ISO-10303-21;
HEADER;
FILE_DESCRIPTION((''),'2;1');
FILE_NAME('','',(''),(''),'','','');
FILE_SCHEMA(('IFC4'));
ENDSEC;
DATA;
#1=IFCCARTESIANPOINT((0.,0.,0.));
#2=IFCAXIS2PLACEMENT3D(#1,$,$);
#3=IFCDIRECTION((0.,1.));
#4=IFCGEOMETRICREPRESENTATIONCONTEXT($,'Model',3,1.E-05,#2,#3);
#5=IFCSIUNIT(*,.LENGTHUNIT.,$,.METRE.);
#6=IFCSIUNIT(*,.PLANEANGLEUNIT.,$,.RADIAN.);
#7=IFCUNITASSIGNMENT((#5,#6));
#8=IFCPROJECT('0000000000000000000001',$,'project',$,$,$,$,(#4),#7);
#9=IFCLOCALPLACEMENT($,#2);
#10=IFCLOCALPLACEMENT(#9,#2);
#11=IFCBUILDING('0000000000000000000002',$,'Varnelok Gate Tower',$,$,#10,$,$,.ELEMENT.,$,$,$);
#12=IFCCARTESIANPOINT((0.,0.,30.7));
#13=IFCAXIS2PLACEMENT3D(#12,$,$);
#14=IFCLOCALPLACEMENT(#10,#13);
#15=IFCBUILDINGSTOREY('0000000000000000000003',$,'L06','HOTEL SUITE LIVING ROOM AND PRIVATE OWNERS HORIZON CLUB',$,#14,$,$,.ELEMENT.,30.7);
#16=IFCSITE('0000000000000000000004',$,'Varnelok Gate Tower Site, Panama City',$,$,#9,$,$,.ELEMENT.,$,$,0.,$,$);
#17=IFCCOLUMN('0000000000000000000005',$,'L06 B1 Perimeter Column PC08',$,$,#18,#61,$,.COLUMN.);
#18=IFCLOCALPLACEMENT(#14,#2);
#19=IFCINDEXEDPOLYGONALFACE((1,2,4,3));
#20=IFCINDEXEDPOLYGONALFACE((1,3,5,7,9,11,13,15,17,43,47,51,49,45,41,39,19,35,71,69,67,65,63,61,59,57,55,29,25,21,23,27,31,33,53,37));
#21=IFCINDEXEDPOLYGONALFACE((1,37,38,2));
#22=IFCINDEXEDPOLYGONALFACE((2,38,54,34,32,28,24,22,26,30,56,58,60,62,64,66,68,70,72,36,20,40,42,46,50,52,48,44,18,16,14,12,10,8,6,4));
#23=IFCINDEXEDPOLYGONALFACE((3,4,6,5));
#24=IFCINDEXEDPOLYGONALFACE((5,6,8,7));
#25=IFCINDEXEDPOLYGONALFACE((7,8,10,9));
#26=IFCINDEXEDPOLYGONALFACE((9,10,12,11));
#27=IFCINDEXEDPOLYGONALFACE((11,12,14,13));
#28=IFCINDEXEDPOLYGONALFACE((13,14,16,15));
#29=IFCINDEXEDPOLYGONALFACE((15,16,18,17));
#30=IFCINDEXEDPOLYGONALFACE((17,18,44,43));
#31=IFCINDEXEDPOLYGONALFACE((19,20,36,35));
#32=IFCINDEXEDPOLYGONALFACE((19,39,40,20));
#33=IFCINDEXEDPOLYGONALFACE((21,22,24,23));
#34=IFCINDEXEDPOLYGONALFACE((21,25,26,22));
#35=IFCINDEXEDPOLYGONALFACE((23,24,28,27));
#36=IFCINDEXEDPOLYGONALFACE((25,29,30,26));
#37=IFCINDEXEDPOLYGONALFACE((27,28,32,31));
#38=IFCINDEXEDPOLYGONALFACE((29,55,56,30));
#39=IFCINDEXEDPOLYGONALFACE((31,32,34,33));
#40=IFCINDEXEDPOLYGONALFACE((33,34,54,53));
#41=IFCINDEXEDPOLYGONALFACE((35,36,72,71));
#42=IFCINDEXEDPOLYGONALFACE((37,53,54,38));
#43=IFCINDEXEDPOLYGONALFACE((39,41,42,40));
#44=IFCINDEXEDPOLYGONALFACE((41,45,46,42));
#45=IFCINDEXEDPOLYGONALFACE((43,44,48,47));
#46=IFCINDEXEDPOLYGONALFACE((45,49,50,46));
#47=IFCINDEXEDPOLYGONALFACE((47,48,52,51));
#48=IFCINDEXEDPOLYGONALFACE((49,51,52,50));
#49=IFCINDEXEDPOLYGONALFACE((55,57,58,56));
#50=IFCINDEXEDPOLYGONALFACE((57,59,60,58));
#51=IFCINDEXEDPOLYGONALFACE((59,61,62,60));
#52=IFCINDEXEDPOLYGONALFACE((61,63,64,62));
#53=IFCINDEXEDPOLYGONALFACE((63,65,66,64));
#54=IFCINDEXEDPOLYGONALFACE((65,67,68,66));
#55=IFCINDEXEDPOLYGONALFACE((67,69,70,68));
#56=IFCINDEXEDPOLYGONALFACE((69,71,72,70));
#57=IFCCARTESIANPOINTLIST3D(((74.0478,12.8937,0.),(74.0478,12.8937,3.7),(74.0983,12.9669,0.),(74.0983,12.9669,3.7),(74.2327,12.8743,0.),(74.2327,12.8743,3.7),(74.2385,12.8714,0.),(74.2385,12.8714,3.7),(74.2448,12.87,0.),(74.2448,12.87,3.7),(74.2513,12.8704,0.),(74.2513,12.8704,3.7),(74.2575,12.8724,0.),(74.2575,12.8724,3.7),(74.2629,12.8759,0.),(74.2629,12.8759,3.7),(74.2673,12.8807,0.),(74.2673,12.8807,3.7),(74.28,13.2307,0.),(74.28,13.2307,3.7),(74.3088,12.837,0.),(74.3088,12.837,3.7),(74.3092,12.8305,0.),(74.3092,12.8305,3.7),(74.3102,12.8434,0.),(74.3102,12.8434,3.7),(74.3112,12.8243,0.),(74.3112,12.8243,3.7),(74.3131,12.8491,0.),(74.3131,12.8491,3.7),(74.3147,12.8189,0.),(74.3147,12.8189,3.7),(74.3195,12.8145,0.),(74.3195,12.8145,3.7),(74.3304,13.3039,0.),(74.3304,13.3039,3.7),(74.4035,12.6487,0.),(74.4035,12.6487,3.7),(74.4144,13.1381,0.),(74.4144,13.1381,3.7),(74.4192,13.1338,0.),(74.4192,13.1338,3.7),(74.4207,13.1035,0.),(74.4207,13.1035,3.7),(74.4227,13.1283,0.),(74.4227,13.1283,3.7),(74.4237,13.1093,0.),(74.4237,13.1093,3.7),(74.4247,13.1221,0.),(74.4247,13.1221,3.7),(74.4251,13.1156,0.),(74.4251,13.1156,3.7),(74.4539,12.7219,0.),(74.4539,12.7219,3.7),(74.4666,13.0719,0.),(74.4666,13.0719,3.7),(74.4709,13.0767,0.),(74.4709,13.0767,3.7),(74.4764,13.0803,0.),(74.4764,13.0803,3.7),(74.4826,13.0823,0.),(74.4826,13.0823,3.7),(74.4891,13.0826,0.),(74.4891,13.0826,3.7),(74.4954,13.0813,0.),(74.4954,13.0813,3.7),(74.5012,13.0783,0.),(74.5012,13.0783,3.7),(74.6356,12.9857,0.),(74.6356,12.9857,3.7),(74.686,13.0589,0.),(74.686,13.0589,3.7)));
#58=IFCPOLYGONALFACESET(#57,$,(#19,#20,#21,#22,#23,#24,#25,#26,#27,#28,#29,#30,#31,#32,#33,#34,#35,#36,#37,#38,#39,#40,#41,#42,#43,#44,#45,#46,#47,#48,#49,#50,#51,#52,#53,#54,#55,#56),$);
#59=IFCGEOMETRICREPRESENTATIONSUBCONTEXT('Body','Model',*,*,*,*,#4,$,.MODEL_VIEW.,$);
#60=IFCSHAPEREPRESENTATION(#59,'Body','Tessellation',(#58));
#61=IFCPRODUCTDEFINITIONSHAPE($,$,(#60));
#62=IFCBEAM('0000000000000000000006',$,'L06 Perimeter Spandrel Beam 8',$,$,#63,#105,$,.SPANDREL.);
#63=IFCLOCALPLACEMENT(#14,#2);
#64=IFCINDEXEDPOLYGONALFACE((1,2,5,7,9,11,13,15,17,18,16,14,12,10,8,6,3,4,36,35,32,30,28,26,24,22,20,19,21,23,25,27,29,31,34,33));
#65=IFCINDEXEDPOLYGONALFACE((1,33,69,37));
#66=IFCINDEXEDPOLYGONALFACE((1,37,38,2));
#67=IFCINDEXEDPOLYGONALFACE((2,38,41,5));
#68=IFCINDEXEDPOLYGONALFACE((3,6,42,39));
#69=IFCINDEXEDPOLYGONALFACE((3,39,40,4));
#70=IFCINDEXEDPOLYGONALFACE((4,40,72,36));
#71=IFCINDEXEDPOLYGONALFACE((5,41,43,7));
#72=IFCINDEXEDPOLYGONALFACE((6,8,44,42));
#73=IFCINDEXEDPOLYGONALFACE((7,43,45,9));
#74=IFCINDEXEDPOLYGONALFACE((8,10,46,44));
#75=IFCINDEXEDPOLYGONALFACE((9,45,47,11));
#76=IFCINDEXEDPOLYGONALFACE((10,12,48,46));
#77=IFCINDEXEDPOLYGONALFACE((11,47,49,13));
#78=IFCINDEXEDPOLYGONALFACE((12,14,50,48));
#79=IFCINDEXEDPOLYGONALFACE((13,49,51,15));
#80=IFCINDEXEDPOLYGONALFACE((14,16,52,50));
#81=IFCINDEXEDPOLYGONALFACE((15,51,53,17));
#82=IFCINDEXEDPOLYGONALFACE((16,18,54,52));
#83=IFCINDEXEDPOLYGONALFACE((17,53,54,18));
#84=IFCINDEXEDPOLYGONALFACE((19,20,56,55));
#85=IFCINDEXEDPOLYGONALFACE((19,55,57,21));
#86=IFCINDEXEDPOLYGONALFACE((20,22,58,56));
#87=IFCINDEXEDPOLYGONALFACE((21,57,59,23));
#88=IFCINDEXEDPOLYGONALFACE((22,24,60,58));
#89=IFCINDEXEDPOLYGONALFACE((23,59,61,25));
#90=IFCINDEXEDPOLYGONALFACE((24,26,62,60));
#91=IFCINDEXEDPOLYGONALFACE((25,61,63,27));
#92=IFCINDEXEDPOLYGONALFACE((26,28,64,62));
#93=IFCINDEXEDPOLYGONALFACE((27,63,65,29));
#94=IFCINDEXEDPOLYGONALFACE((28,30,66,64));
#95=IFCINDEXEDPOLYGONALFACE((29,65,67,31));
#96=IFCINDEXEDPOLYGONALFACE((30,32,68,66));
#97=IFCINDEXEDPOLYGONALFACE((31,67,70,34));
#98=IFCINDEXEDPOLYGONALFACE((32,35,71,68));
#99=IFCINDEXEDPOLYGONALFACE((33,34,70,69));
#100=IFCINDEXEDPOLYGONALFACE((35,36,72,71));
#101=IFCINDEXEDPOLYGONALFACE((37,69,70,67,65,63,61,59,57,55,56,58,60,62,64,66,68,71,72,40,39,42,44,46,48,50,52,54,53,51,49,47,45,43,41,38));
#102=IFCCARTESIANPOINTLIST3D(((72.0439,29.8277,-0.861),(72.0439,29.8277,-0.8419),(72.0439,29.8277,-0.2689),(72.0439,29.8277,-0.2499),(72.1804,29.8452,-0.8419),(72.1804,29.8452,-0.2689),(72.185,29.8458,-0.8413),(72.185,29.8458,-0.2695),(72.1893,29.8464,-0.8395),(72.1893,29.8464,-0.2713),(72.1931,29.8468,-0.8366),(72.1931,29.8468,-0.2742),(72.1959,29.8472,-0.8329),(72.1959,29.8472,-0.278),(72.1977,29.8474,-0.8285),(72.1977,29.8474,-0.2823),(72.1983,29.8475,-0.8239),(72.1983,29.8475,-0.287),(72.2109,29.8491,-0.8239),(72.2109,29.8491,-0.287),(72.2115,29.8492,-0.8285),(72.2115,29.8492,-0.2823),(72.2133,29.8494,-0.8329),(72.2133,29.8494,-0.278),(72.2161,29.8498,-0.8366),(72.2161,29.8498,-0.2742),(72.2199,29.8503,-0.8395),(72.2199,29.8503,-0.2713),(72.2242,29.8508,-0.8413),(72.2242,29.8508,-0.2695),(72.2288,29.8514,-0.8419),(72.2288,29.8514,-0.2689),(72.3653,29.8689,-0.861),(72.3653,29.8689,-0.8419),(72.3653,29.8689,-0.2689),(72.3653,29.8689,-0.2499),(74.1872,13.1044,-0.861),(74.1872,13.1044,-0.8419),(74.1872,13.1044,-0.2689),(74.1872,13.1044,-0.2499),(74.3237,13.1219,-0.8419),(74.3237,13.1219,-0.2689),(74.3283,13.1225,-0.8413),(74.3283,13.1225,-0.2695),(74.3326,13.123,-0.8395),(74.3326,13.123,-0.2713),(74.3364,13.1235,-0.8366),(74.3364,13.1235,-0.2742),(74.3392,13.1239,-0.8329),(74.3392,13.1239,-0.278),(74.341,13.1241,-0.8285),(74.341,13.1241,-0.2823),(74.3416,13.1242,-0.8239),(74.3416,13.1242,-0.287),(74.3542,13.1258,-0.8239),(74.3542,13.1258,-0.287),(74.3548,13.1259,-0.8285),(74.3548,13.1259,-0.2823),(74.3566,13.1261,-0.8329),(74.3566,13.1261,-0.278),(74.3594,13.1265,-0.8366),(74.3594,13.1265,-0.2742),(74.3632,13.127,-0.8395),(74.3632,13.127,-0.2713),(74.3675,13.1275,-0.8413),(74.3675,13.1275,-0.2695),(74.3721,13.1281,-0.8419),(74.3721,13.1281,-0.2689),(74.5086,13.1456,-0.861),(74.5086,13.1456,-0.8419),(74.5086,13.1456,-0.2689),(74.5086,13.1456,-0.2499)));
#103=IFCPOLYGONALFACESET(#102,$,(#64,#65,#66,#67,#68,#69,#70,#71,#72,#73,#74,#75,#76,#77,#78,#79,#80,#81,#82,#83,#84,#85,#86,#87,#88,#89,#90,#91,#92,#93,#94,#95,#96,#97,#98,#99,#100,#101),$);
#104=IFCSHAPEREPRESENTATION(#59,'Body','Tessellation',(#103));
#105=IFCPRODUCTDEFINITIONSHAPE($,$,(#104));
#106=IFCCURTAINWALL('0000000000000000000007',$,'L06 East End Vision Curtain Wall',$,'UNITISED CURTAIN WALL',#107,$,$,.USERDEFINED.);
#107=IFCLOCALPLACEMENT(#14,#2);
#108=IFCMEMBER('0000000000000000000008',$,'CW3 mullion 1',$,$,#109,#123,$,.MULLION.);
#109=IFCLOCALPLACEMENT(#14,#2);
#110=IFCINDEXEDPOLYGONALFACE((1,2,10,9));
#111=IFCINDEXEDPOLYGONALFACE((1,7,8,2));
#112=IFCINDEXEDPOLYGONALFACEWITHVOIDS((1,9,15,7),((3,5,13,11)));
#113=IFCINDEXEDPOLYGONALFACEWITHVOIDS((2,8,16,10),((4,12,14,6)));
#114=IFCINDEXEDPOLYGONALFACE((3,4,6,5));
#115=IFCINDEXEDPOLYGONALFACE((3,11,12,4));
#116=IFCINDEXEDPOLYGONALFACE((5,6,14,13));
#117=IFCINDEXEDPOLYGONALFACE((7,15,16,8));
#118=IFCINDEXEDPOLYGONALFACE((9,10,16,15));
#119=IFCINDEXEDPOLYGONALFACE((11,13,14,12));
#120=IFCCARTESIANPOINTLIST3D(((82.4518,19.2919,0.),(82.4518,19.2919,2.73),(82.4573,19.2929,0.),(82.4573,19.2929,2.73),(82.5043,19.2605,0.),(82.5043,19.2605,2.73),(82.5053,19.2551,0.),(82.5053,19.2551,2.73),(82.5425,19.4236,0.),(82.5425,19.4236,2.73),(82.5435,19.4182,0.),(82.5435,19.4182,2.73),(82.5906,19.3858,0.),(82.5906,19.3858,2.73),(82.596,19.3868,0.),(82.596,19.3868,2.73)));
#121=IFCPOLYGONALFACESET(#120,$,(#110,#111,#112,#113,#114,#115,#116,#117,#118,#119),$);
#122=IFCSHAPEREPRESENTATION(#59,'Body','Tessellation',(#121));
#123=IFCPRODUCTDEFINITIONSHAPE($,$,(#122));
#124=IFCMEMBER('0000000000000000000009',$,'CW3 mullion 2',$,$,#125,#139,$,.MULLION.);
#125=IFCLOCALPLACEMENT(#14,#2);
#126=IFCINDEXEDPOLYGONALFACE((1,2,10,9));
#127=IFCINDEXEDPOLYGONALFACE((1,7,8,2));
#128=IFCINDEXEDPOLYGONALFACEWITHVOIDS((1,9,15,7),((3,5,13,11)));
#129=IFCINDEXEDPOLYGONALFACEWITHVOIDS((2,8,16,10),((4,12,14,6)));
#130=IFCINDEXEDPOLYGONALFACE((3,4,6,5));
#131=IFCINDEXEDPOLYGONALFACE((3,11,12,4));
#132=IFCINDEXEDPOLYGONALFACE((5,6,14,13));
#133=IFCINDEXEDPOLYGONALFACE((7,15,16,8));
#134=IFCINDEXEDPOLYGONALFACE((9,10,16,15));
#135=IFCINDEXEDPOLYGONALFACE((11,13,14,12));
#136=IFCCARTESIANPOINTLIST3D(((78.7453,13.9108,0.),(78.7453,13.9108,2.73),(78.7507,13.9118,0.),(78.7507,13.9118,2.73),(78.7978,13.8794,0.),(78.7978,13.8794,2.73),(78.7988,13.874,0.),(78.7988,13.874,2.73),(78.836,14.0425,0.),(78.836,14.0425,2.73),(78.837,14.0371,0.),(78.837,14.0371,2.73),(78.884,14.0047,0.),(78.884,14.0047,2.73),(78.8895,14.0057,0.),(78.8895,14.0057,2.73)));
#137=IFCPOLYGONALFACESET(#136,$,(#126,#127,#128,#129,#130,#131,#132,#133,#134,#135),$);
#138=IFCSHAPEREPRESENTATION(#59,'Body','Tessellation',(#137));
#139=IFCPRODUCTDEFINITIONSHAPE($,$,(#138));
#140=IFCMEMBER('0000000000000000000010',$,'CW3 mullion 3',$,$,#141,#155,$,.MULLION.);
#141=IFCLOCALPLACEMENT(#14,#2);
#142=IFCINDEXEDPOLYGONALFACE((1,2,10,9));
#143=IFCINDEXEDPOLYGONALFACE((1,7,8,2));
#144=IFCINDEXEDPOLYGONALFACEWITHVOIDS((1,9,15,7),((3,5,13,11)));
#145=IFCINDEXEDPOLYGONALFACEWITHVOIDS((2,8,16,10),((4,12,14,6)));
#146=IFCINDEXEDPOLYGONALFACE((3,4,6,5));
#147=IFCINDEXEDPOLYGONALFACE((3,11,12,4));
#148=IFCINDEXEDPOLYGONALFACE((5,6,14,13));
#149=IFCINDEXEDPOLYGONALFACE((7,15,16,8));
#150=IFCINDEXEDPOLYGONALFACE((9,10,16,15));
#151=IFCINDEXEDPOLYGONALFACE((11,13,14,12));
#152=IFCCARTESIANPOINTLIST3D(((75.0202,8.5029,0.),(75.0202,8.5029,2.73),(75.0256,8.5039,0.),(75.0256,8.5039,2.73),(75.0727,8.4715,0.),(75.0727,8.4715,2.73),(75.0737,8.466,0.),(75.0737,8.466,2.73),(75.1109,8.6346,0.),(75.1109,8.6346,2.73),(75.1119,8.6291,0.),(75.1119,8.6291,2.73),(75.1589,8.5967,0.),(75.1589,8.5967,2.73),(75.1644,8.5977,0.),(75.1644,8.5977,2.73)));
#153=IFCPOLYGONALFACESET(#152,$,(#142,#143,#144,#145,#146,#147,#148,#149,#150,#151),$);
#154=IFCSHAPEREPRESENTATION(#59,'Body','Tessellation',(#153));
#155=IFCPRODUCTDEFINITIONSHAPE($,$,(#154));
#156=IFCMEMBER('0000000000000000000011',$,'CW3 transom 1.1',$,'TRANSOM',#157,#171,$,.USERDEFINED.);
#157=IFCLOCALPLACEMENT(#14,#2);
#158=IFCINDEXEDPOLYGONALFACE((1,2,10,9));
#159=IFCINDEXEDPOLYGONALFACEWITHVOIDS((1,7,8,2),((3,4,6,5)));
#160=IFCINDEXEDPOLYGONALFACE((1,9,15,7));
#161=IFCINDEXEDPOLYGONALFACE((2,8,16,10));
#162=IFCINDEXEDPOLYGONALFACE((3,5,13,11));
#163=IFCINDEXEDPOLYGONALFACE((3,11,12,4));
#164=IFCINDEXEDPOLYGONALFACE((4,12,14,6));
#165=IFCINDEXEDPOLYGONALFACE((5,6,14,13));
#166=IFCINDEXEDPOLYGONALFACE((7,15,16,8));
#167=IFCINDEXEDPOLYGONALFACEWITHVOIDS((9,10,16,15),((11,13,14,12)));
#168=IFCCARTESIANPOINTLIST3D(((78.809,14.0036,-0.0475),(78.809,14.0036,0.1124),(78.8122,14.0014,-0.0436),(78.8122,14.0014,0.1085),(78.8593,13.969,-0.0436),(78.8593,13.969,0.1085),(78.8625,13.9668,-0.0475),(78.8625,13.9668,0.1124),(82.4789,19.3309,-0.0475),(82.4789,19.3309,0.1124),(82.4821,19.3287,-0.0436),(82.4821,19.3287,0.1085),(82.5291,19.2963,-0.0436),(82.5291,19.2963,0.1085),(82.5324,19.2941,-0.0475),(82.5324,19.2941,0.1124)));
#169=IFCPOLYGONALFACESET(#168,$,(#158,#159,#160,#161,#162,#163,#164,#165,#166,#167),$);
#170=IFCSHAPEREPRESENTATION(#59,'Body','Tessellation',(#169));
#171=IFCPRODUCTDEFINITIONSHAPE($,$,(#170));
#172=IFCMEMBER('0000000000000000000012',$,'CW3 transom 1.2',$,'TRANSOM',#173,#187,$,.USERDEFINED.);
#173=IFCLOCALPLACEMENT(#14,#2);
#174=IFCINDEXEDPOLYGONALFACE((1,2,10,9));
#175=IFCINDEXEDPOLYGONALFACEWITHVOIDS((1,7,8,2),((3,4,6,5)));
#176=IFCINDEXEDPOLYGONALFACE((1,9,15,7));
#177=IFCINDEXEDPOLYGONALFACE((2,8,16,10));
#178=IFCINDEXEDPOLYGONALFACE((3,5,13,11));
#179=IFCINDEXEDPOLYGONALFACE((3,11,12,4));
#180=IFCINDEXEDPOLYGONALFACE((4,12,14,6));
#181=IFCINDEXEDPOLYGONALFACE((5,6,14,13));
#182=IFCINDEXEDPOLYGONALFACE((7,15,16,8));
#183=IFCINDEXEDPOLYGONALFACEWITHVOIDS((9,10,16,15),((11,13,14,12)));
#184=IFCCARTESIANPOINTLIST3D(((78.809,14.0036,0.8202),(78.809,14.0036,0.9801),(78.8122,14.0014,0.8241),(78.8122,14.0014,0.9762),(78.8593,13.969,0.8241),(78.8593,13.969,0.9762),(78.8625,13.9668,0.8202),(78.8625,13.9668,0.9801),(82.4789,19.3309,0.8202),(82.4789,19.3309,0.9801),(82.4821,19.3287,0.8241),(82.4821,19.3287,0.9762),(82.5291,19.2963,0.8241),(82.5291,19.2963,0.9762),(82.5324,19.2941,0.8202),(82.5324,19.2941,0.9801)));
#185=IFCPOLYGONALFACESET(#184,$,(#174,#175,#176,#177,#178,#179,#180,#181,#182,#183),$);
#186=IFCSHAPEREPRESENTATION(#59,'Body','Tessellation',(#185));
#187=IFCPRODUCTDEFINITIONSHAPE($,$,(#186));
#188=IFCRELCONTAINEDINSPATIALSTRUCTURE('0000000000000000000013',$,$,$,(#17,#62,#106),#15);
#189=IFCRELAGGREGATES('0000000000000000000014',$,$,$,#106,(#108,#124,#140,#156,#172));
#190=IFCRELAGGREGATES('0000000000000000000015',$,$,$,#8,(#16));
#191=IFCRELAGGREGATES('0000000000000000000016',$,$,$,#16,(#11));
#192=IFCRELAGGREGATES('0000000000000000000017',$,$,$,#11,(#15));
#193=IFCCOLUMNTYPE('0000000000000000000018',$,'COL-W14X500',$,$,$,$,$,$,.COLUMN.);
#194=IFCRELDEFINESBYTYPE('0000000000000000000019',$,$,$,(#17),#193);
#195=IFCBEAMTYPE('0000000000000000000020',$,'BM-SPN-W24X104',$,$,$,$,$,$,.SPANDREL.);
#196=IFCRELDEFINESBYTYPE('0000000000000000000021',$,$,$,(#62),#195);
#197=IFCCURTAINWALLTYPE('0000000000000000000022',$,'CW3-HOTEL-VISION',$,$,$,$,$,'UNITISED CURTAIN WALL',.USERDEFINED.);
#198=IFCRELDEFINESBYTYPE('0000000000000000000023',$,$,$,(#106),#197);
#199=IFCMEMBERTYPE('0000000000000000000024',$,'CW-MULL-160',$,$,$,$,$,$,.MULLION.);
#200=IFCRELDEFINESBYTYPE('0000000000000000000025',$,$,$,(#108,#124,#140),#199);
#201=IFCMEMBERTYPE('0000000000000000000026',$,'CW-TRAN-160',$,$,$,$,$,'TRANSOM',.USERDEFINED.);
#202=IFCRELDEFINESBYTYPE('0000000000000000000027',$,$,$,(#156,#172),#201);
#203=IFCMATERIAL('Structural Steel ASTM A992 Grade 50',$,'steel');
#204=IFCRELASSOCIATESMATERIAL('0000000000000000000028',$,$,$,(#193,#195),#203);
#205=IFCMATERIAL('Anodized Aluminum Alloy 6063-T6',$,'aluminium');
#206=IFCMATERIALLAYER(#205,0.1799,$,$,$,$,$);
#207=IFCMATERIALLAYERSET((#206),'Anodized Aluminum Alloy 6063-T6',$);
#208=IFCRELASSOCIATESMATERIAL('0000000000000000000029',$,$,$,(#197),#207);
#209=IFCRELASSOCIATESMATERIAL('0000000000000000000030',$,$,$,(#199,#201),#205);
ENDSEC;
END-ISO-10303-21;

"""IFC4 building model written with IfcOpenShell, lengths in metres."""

from ifc_helpers import new_model, si_unit, direction, frame, origin, origin_2d, place, context, subcontext, project, spatial, hollow_rectangle, i_section, extrude, material, layer, layer_set, material_profile, profile_set, type_object, element, aggregate, save


model = new_model("IFC4")

# Units and contexts
model_context = context("Model", 3, precision=1e-05, world=origin(), true_north=direction((0.0, 1.0)))
body_context = subcontext(model_context, "Body", "Model", "MODEL_VIEW")
ifc_project = project(units=[si_unit("LENGTHUNIT", "METRE"), si_unit("PLANEANGLEUNIT", "RADIAN")], contexts=[model_context])

# Site, building, storey
site_placement = place(None, origin())
site = spatial("IfcSite", under=ifc_project, at=site_placement, Name="Varnelok Gate Tower Site, Panama City", CompositionType="ELEMENT", RefElevation=0.0)
building_placement = place(site_placement, origin())
building = spatial("IfcBuilding", under=site, at=building_placement, Name="Varnelok Gate Tower", CompositionType="ELEMENT")
storey_placement = place(building_placement, frame((0.0, 0.0, 30.7)))
storey = spatial("IfcBuildingStorey", under=building, at=storey_placement, Name="L06", Description="HOTEL SUITE LIVING ROOM AND PRIVATE OWNERS HORIZON CLUB", CompositionType="ELEMENT", Elevation=30.7)

# Column
ifc_material_1 = material(Name="Structural Steel ASTM A992 Grade 50", Category="steel")
ifc_material_profile_1 = material_profile(ifc_material_1, i_section(OverallWidth=0.4319, OverallDepth=0.498, WebThickness=0.0557, FlangeThickness=0.0889, FilletRadius=0.0249, at=origin_2d()), Name="W14X500")
ifc_profile_set_1 = profile_set([ifc_material_profile_1], Name="Structural Steel ASTM A992 Grade 50")
column_type = type_object("IfcColumnType", Name="COL-W14X500", PredefinedType="COLUMN", material=ifc_profile_set_1)
column_placement = place(storey_placement, frame((74.3669, 12.9763, 0.0), z_axis=(0.0, 0.0, 1.0), x_axis=(0.823533, -0.567269, 0.0)))
element("IfcColumn", 1, at=column_placement, inside=storey, type_object=column_type, Name="L06 B1 Perimeter Column PC08", PredefinedType="COLUMN", context=body_context, shape_type="SweptSolid", body=[
    extrude(i_section(OverallWidth=0.4319, OverallDepth=0.498, WebThickness=0.0557, FlangeThickness=0.0889, FilletRadius=0.0249, at=origin_2d()), origin(), (0.0, 0.0, 1.0), 3.7),
])

# Beam
ifc_material_profile_2 = material_profile(ifc_material_1, i_section(OverallWidth=0.324, OverallDepth=0.6111, WebThickness=0.0127, FlangeThickness=0.019, FilletRadius=0.0181, at=origin_2d()), Name="W24X104")
ifc_profile_set_2 = profile_set([ifc_material_profile_2], Name="Structural Steel ASTM A992 Grade 50")
beam_type = type_object("IfcBeamType", Name="BM-SPN-W24X104", PredefinedType="SPANDREL", material=ifc_profile_set_2)
beam_placement = place(storey_placement, frame((74.3479, 13.125, -0.5554), z_axis=(-0.127123, 0.991887, 0.0), x_axis=(-0.991887, -0.127123, 0.0)))
element("IfcBeam", 2, at=beam_placement, inside=storey, type_object=beam_type, Name="L06 Perimeter Spandrel Beam 8", PredefinedType="SPANDREL", context=body_context, shape_type="SweptSolid", body=[
    extrude(i_section(OverallWidth=0.324, OverallDepth=0.6111, WebThickness=0.0127, FlangeThickness=0.019, FilletRadius=0.0181, at=origin_2d()), origin(), (0.0, 0.0, 1.0), 16.8601),
])

# Curtain wall, members
ifc_material_2 = material(Name="Anodized Aluminum Alloy 6063-T6", Category="aluminium")
ifc_layer_1 = layer(ifc_material_2, 0.1799)
ifc_layer_set_1 = layer_set([ifc_layer_1], Name="Anodized Aluminum Alloy 6063-T6")
curtain_wall_type = type_object("IfcCurtainWallType", Name="CW3-HOTEL-VISION", ElementType="UNITISED CURTAIN WALL", PredefinedType="USERDEFINED", material=ifc_layer_set_1)
curtain_wall_placement = place(storey_placement, origin())
curtain_wall = element("IfcCurtainWall", 3, at=curtain_wall_placement, inside=storey, type_object=curtain_wall_type, Name="L06 East End Vision Curtain Wall", ObjectType="UNITISED CURTAIN WALL", PredefinedType="USERDEFINED")
ifc_material_profile_3 = material_profile(ifc_material_2, hollow_rectangle(XDim=0.0649, YDim=0.1599, WallThickness=0.0039, at=origin_2d()), Name="ALU160X65X4")
ifc_profile_set_3 = profile_set([ifc_material_profile_3], Name="Anodized Aluminum Alloy 6063-T6")
member_type_1 = type_object("IfcMemberType", Name="CW-MULL-160", PredefinedType="MULLION", material=ifc_profile_set_3)
member_1_placement = place(storey_placement, frame((82.5239, 19.3394, 0.0), z_axis=(0.0, 0.0, 1.0), x_axis=(0.823533, -0.567269, 0.0)))
member_1 = element("IfcMember", 4, at=member_1_placement, type_object=member_type_1, Name="CW3 mullion 1", PredefinedType="MULLION", context=body_context, shape_type="SweptSolid", body=[
    extrude(hollow_rectangle(XDim=0.0649, YDim=0.1599, WallThickness=0.0039, at=origin_2d()), origin(), (0.0, 0.0, 1.0), 2.73),
])
member_2_placement = place(storey_placement, frame((78.8174, 13.9583, 0.0), z_axis=(0.0, 0.0, 1.0), x_axis=(0.823533, -0.567269, 0.0)))
member_2 = element("IfcMember", 5, at=member_2_placement, type_object=member_type_1, Name="CW3 mullion 2", PredefinedType="MULLION", context=body_context, shape_type="SweptSolid", body=[
    extrude(hollow_rectangle(XDim=0.0649, YDim=0.1599, WallThickness=0.0039, at=origin_2d()), origin(), (0.0, 0.0, 1.0), 2.73),
])
member_3_placement = place(storey_placement, frame((75.0923, 8.5503, 0.0), z_axis=(0.0, 0.0, 1.0), x_axis=(0.823533, -0.567269, 0.0)))
member_3 = element("IfcMember", 6, at=member_3_placement, type_object=member_type_1, Name="CW3 mullion 3", PredefinedType="MULLION", context=body_context, shape_type="SweptSolid", body=[
    extrude(hollow_rectangle(XDim=0.0649, YDim=0.1599, WallThickness=0.0039, at=origin_2d()), origin(), (0.0, 0.0, 1.0), 2.73),
])
ifc_material_profile_4 = material_profile(ifc_material_2, hollow_rectangle(XDim=0.0649, YDim=0.1599, WallThickness=0.0039, at=origin_2d()), Name="ALU160X65X4")
ifc_profile_set_4 = profile_set([ifc_material_profile_4], Name="Anodized Aluminum Alloy 6063-T6")
member_type_2 = type_object("IfcMemberType", Name="CW-TRAN-160", ElementType="TRANSOM", PredefinedType="USERDEFINED", material=ifc_profile_set_4)
member_4_placement = place(storey_placement, frame((82.5056, 19.3125, 0.0325), z_axis=(-0.567299, -0.823512, 0.0), x_axis=(0.823512, -0.567299, 0.0)))
member_4 = element("IfcMember", 7, at=member_4_placement, type_object=member_type_2, Name="CW3 transom 1.1", ObjectType="TRANSOM", PredefinedType="USERDEFINED", context=body_context, shape_type="SweptSolid", body=[
    extrude(hollow_rectangle(XDim=0.0649, YDim=0.1599, WallThickness=0.0039, at=origin_2d()), origin(), (0.0, 0.0, 1.0), 6.469),
])
member_5_placement = place(storey_placement, frame((82.5056, 19.3125, 0.9001), z_axis=(-0.567299, -0.823512, 0.0), x_axis=(0.823512, -0.567299, 0.0)))
member_5 = element("IfcMember", 8, at=member_5_placement, type_object=member_type_2, Name="CW3 transom 1.2", ObjectType="TRANSOM", PredefinedType="USERDEFINED", context=body_context, shape_type="SweptSolid", body=[
    extrude(hollow_rectangle(XDim=0.0649, YDim=0.1599, WallThickness=0.0039, at=origin_2d()), origin(), (0.0, 0.0, 1.0), 6.469),
])
aggregate(curtain_wall, [member_1, member_2, member_3, member_4, member_5])

save(model, "model.ifc")
